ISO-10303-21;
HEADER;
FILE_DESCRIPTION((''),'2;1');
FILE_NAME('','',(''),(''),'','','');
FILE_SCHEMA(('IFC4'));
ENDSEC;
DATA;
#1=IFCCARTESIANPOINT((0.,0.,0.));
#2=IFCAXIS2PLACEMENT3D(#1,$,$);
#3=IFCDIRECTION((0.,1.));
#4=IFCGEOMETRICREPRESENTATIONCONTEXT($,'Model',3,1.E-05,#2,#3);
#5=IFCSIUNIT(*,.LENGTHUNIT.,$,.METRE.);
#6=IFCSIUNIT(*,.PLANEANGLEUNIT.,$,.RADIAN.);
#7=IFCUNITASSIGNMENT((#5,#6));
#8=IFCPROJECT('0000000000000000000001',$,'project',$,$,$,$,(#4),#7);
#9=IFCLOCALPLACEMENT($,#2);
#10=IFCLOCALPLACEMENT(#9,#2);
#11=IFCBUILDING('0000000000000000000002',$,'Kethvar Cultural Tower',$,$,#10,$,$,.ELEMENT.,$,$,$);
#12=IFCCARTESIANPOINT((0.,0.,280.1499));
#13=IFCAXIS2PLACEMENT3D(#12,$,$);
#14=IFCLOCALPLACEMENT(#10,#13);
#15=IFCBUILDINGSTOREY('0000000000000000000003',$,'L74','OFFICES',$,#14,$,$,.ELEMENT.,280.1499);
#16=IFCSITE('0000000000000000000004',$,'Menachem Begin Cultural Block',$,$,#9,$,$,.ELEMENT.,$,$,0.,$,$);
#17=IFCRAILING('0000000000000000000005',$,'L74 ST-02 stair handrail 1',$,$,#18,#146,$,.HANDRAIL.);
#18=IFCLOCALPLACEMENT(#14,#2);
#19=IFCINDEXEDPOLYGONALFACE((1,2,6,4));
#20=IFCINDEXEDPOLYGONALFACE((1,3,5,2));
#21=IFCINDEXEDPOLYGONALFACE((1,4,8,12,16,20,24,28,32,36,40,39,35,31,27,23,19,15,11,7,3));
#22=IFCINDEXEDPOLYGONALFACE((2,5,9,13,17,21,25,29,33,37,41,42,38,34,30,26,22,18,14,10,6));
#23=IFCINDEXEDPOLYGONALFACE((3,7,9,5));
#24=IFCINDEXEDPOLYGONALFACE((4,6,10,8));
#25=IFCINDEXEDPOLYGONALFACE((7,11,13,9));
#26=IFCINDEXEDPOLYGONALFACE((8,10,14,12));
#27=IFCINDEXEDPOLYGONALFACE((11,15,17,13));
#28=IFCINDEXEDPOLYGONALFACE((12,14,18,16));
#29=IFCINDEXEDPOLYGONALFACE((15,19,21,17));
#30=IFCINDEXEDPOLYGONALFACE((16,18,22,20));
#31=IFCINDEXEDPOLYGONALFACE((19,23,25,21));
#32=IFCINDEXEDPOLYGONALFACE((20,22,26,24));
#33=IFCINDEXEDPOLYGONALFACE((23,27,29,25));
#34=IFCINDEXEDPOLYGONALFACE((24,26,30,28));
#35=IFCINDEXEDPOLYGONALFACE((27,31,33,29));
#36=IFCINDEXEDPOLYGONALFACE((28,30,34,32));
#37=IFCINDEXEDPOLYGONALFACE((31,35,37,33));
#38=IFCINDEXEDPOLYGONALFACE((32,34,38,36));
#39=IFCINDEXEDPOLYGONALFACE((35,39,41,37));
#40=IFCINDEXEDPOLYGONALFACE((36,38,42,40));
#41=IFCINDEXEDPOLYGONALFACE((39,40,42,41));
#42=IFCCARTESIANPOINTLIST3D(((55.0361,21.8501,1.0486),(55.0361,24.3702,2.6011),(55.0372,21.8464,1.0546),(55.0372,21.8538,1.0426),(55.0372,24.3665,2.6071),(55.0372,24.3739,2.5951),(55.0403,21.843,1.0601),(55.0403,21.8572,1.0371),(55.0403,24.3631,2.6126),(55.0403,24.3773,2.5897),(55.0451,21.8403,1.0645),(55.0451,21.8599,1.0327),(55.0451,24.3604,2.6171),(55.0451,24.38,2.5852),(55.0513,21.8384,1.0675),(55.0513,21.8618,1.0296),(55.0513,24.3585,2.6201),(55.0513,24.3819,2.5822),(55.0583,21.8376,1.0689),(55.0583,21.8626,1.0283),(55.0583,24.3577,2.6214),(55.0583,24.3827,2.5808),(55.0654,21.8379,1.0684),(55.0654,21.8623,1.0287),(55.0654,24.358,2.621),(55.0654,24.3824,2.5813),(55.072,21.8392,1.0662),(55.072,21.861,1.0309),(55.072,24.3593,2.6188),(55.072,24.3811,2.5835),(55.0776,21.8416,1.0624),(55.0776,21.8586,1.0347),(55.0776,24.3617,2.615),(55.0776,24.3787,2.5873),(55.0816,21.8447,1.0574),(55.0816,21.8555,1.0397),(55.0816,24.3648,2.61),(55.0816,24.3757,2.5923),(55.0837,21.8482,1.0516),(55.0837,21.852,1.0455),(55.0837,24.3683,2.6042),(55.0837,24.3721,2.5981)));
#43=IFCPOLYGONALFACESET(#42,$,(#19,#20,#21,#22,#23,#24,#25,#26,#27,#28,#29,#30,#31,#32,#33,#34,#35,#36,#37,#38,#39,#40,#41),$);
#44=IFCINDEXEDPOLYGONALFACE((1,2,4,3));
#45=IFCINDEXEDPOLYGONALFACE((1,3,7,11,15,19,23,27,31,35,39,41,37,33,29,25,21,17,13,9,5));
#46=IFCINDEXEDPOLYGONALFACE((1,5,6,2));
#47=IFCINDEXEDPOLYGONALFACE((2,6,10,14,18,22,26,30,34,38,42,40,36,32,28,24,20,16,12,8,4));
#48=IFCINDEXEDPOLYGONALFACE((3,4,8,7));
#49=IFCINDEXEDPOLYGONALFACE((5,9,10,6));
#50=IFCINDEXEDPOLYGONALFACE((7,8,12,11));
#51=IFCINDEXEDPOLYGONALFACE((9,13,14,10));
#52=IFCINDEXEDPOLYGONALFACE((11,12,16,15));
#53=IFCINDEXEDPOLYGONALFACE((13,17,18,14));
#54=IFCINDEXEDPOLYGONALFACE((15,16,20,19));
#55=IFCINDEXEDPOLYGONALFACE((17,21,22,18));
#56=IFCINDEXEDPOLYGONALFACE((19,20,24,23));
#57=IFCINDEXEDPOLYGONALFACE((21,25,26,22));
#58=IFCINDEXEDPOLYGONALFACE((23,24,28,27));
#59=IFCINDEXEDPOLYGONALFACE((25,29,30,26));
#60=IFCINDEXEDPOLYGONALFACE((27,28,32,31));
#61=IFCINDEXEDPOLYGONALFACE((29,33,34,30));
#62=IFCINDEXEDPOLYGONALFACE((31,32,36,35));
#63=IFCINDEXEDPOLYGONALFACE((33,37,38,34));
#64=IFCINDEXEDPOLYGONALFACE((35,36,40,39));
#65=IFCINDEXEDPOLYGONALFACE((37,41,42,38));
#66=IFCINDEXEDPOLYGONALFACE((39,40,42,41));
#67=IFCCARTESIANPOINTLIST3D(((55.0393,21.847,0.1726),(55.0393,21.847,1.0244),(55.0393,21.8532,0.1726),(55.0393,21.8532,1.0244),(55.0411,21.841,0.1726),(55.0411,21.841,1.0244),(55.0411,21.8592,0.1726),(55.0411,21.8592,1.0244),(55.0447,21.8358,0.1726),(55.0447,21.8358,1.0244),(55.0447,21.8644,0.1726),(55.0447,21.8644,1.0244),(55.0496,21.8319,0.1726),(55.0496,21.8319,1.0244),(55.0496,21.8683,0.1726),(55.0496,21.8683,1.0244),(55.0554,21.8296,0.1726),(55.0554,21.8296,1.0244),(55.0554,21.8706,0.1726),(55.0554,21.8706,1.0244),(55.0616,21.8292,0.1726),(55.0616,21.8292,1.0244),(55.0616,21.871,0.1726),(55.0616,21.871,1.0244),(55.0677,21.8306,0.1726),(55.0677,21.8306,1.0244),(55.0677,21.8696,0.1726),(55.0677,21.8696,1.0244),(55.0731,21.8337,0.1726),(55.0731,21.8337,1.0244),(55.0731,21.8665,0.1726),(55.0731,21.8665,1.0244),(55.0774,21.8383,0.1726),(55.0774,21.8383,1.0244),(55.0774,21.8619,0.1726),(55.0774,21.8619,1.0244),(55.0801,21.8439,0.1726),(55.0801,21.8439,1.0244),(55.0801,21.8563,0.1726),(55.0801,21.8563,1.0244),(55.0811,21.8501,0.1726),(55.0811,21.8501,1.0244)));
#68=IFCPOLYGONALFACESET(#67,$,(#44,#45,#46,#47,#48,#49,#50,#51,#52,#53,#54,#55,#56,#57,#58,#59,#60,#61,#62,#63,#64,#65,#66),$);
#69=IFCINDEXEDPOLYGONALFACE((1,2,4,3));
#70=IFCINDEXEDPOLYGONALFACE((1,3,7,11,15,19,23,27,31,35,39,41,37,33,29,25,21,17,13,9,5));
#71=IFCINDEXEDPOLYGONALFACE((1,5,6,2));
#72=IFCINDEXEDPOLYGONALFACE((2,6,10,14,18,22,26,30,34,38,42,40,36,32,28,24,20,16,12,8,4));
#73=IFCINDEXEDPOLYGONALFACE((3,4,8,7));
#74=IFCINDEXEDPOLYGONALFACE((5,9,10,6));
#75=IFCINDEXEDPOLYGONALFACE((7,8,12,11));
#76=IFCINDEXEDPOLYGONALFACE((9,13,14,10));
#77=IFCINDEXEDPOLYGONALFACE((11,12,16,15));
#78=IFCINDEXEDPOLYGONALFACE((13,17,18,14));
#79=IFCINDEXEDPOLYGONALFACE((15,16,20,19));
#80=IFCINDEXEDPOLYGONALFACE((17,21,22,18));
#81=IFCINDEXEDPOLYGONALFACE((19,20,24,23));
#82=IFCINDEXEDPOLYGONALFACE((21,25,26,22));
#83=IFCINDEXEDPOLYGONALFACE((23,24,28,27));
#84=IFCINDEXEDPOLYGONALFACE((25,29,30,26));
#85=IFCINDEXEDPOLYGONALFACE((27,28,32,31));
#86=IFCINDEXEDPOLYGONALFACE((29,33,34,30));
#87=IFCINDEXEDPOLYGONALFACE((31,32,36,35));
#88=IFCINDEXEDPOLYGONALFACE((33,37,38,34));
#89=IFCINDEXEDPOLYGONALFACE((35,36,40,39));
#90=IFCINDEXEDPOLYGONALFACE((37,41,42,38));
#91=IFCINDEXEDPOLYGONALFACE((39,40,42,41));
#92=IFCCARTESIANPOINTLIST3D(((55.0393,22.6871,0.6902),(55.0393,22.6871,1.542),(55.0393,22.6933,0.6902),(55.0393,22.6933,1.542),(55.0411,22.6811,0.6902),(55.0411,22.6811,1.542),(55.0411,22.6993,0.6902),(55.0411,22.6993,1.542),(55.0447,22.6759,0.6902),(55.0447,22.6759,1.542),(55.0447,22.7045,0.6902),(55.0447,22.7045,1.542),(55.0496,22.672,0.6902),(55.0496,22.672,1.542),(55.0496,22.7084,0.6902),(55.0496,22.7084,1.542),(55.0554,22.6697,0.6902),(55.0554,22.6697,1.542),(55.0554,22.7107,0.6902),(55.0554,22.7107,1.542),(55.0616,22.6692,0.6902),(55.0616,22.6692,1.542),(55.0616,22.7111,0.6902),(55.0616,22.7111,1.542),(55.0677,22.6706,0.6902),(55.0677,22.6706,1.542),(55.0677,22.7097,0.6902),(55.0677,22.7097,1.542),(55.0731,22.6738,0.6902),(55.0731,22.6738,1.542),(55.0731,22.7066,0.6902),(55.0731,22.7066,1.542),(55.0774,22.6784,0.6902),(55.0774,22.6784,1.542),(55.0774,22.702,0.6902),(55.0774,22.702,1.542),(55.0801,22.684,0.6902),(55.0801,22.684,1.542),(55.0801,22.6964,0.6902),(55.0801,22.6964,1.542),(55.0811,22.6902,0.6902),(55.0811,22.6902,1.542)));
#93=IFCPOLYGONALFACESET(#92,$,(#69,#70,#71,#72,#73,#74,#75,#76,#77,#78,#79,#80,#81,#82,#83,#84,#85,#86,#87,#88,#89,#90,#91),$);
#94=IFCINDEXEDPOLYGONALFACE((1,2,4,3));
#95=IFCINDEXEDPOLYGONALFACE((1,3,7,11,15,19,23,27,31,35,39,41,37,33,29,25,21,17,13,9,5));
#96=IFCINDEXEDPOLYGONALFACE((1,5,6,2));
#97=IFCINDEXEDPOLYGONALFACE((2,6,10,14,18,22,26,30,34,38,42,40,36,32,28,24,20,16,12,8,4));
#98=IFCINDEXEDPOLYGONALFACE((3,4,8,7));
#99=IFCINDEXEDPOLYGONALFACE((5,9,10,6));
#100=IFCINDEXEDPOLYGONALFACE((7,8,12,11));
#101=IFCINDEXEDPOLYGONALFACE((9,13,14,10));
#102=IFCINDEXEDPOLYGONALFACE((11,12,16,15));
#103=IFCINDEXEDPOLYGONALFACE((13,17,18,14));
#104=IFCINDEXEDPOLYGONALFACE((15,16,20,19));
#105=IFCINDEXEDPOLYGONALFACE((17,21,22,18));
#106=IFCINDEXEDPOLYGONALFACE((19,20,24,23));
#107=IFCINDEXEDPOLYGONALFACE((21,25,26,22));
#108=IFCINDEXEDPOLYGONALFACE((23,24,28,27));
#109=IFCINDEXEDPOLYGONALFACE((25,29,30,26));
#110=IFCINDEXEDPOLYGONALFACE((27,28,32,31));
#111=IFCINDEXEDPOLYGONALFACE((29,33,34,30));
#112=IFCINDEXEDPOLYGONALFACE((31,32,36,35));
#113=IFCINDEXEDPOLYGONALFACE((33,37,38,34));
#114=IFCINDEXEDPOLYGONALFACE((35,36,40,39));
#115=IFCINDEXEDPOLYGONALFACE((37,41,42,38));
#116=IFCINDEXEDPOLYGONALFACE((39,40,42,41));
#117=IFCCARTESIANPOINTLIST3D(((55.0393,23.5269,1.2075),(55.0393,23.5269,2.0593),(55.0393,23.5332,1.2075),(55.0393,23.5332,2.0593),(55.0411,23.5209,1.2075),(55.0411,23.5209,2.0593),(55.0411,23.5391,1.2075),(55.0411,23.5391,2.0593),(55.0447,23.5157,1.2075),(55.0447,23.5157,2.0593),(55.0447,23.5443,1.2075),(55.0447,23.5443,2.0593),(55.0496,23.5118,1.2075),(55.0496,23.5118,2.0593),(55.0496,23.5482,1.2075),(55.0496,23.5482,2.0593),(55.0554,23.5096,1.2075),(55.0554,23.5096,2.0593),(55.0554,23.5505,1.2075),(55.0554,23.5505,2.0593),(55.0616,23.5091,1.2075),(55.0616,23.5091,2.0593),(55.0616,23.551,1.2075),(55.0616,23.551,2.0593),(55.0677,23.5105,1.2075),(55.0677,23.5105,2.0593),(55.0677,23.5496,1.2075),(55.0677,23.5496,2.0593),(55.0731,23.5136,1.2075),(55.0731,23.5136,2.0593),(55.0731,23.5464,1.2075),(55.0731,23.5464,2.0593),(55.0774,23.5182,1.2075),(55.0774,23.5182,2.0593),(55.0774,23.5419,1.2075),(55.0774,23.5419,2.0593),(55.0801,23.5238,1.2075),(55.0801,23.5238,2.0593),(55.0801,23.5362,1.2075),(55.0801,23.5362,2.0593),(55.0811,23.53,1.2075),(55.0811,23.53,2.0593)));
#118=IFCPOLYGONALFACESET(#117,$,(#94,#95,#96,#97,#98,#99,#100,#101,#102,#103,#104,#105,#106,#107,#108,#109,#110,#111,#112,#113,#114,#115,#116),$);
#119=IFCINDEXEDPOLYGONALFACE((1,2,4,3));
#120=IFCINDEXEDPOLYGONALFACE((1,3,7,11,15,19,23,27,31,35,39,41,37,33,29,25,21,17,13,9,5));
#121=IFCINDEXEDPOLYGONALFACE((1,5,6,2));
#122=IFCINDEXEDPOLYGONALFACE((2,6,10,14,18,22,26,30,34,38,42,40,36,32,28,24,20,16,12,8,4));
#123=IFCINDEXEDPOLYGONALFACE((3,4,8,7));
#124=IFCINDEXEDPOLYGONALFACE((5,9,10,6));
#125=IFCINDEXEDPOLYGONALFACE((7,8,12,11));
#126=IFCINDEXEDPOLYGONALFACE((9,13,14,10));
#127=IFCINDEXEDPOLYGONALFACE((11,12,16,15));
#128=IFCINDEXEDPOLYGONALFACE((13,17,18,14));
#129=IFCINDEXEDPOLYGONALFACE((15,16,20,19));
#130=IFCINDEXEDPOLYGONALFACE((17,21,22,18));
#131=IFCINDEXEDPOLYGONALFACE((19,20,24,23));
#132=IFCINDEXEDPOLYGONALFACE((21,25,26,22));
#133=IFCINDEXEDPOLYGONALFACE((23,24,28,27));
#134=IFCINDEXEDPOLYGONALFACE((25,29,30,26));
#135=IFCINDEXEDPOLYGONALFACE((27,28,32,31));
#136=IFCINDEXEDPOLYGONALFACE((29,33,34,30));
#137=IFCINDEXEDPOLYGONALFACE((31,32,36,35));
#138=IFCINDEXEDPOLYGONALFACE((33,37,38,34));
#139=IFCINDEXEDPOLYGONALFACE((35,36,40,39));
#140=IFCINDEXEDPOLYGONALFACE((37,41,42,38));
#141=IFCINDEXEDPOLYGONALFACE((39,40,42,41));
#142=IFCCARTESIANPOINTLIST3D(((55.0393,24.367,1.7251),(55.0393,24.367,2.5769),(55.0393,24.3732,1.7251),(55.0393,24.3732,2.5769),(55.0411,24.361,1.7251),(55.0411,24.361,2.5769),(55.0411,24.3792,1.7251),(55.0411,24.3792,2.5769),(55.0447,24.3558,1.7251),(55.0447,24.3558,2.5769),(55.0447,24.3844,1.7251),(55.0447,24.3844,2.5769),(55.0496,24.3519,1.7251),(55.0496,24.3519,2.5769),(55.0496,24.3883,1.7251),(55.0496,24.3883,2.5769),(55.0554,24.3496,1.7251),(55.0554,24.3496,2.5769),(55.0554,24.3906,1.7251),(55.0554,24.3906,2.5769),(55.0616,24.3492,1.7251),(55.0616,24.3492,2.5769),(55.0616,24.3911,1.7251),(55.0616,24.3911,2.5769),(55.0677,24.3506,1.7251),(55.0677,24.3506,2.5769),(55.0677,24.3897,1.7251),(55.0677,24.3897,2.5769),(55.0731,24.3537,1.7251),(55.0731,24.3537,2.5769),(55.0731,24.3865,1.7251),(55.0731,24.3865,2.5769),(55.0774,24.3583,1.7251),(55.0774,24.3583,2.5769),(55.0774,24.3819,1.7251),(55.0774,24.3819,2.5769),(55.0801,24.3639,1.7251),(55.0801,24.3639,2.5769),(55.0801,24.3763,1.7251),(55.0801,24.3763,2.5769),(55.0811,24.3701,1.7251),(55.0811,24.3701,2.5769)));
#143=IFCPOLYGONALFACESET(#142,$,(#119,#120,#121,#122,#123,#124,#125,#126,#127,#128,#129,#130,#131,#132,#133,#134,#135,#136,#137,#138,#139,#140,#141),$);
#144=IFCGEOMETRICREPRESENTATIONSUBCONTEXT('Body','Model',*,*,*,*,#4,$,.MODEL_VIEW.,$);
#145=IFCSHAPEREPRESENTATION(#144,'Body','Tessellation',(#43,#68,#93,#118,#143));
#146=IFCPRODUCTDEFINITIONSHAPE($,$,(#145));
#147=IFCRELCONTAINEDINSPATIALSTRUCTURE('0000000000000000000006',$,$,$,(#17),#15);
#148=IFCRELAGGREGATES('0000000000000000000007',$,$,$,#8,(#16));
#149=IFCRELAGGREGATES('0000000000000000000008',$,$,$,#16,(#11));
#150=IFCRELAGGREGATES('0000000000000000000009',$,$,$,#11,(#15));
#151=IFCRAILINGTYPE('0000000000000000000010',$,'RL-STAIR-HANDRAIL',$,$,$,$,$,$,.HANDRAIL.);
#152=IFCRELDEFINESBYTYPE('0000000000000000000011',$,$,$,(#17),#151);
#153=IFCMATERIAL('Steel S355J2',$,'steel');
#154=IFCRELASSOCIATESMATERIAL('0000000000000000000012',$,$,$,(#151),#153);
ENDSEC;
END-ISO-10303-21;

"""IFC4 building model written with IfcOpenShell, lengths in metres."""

from ifc_helpers import new_model, si_unit, direction, frame, origin, origin_2d, place, context, subcontext, project, spatial, circle, extrude, material, type_object, element, save


model = new_model("IFC4")

# Units and contexts
model_context = context("Model", 3, precision=1e-05, world=origin(), true_north=direction((0.0, 1.0)))
body_context = subcontext(model_context, "Body", "Model", "MODEL_VIEW")
ifc_project = project(units=[si_unit("LENGTHUNIT", "METRE"), si_unit("PLANEANGLEUNIT", "RADIAN")], contexts=[model_context])

# Site, building, storey
site_placement = place(None, origin())
site = spatial("IfcSite", under=ifc_project, at=site_placement, Name="Menachem Begin Cultural Block", CompositionType="ELEMENT", RefElevation=0.0)
building_placement = place(site_placement, origin())
building = spatial("IfcBuilding", under=site, at=building_placement, Name="Kethvar Cultural Tower", CompositionType="ELEMENT")
storey_placement = place(building_placement, frame((0.0, 0.0, 280.1499)))
storey = spatial("IfcBuildingStorey", under=building, at=storey_placement, Name="L74", Description="OFFICES", CompositionType="ELEMENT", Elevation=280.1499)

# Shared definitions
ifc_material_1 = material(Name="Steel S355J2", Category="steel")

# Railing
railing_type_1 = type_object("IfcRailingType", Name="RL-STAIR-HANDRAIL", PredefinedType="HANDRAIL", material=ifc_material_1)
railing_1_placement = place(storey_placement, frame((55.0601, 21.8501, 0.1726)))
element("IfcRailing", 1, at=railing_1_placement, inside=storey, type_object=railing_type_1, Name="L74 ST-02 stair handrail 1", PredefinedType="HANDRAIL", context=body_context, shape_type="SweptSolid", body=[
    extrude(circle(Radius=0.0239, at=origin_2d()), frame((0.0, 0.0, 0.876), z_axis=(0.0, 0.8514, 0.524516), x_axis=(-1.0, 0.0, 0.0)), (0.0, 0.0, 1.0), 2.96),
    extrude(circle(Radius=0.021, at=origin_2d()), origin(), (0.0, 0.0, 1.0), 0.8518),
    extrude(circle(Radius=0.021, at=origin_2d()), frame((0.0, 0.8401, 0.5176)), (0.0, 0.0, 1.0), 0.8518),
    extrude(circle(Radius=0.021, at=origin_2d()), frame((0.0, 1.6799, 1.0349)), (0.0, 0.0, 1.0), 0.8518),
    extrude(circle(Radius=0.021, at=origin_2d()), frame((0.0, 2.52, 1.5525)), (0.0, 0.0, 1.0), 0.8518),
])

save(model, "model.ifc")
